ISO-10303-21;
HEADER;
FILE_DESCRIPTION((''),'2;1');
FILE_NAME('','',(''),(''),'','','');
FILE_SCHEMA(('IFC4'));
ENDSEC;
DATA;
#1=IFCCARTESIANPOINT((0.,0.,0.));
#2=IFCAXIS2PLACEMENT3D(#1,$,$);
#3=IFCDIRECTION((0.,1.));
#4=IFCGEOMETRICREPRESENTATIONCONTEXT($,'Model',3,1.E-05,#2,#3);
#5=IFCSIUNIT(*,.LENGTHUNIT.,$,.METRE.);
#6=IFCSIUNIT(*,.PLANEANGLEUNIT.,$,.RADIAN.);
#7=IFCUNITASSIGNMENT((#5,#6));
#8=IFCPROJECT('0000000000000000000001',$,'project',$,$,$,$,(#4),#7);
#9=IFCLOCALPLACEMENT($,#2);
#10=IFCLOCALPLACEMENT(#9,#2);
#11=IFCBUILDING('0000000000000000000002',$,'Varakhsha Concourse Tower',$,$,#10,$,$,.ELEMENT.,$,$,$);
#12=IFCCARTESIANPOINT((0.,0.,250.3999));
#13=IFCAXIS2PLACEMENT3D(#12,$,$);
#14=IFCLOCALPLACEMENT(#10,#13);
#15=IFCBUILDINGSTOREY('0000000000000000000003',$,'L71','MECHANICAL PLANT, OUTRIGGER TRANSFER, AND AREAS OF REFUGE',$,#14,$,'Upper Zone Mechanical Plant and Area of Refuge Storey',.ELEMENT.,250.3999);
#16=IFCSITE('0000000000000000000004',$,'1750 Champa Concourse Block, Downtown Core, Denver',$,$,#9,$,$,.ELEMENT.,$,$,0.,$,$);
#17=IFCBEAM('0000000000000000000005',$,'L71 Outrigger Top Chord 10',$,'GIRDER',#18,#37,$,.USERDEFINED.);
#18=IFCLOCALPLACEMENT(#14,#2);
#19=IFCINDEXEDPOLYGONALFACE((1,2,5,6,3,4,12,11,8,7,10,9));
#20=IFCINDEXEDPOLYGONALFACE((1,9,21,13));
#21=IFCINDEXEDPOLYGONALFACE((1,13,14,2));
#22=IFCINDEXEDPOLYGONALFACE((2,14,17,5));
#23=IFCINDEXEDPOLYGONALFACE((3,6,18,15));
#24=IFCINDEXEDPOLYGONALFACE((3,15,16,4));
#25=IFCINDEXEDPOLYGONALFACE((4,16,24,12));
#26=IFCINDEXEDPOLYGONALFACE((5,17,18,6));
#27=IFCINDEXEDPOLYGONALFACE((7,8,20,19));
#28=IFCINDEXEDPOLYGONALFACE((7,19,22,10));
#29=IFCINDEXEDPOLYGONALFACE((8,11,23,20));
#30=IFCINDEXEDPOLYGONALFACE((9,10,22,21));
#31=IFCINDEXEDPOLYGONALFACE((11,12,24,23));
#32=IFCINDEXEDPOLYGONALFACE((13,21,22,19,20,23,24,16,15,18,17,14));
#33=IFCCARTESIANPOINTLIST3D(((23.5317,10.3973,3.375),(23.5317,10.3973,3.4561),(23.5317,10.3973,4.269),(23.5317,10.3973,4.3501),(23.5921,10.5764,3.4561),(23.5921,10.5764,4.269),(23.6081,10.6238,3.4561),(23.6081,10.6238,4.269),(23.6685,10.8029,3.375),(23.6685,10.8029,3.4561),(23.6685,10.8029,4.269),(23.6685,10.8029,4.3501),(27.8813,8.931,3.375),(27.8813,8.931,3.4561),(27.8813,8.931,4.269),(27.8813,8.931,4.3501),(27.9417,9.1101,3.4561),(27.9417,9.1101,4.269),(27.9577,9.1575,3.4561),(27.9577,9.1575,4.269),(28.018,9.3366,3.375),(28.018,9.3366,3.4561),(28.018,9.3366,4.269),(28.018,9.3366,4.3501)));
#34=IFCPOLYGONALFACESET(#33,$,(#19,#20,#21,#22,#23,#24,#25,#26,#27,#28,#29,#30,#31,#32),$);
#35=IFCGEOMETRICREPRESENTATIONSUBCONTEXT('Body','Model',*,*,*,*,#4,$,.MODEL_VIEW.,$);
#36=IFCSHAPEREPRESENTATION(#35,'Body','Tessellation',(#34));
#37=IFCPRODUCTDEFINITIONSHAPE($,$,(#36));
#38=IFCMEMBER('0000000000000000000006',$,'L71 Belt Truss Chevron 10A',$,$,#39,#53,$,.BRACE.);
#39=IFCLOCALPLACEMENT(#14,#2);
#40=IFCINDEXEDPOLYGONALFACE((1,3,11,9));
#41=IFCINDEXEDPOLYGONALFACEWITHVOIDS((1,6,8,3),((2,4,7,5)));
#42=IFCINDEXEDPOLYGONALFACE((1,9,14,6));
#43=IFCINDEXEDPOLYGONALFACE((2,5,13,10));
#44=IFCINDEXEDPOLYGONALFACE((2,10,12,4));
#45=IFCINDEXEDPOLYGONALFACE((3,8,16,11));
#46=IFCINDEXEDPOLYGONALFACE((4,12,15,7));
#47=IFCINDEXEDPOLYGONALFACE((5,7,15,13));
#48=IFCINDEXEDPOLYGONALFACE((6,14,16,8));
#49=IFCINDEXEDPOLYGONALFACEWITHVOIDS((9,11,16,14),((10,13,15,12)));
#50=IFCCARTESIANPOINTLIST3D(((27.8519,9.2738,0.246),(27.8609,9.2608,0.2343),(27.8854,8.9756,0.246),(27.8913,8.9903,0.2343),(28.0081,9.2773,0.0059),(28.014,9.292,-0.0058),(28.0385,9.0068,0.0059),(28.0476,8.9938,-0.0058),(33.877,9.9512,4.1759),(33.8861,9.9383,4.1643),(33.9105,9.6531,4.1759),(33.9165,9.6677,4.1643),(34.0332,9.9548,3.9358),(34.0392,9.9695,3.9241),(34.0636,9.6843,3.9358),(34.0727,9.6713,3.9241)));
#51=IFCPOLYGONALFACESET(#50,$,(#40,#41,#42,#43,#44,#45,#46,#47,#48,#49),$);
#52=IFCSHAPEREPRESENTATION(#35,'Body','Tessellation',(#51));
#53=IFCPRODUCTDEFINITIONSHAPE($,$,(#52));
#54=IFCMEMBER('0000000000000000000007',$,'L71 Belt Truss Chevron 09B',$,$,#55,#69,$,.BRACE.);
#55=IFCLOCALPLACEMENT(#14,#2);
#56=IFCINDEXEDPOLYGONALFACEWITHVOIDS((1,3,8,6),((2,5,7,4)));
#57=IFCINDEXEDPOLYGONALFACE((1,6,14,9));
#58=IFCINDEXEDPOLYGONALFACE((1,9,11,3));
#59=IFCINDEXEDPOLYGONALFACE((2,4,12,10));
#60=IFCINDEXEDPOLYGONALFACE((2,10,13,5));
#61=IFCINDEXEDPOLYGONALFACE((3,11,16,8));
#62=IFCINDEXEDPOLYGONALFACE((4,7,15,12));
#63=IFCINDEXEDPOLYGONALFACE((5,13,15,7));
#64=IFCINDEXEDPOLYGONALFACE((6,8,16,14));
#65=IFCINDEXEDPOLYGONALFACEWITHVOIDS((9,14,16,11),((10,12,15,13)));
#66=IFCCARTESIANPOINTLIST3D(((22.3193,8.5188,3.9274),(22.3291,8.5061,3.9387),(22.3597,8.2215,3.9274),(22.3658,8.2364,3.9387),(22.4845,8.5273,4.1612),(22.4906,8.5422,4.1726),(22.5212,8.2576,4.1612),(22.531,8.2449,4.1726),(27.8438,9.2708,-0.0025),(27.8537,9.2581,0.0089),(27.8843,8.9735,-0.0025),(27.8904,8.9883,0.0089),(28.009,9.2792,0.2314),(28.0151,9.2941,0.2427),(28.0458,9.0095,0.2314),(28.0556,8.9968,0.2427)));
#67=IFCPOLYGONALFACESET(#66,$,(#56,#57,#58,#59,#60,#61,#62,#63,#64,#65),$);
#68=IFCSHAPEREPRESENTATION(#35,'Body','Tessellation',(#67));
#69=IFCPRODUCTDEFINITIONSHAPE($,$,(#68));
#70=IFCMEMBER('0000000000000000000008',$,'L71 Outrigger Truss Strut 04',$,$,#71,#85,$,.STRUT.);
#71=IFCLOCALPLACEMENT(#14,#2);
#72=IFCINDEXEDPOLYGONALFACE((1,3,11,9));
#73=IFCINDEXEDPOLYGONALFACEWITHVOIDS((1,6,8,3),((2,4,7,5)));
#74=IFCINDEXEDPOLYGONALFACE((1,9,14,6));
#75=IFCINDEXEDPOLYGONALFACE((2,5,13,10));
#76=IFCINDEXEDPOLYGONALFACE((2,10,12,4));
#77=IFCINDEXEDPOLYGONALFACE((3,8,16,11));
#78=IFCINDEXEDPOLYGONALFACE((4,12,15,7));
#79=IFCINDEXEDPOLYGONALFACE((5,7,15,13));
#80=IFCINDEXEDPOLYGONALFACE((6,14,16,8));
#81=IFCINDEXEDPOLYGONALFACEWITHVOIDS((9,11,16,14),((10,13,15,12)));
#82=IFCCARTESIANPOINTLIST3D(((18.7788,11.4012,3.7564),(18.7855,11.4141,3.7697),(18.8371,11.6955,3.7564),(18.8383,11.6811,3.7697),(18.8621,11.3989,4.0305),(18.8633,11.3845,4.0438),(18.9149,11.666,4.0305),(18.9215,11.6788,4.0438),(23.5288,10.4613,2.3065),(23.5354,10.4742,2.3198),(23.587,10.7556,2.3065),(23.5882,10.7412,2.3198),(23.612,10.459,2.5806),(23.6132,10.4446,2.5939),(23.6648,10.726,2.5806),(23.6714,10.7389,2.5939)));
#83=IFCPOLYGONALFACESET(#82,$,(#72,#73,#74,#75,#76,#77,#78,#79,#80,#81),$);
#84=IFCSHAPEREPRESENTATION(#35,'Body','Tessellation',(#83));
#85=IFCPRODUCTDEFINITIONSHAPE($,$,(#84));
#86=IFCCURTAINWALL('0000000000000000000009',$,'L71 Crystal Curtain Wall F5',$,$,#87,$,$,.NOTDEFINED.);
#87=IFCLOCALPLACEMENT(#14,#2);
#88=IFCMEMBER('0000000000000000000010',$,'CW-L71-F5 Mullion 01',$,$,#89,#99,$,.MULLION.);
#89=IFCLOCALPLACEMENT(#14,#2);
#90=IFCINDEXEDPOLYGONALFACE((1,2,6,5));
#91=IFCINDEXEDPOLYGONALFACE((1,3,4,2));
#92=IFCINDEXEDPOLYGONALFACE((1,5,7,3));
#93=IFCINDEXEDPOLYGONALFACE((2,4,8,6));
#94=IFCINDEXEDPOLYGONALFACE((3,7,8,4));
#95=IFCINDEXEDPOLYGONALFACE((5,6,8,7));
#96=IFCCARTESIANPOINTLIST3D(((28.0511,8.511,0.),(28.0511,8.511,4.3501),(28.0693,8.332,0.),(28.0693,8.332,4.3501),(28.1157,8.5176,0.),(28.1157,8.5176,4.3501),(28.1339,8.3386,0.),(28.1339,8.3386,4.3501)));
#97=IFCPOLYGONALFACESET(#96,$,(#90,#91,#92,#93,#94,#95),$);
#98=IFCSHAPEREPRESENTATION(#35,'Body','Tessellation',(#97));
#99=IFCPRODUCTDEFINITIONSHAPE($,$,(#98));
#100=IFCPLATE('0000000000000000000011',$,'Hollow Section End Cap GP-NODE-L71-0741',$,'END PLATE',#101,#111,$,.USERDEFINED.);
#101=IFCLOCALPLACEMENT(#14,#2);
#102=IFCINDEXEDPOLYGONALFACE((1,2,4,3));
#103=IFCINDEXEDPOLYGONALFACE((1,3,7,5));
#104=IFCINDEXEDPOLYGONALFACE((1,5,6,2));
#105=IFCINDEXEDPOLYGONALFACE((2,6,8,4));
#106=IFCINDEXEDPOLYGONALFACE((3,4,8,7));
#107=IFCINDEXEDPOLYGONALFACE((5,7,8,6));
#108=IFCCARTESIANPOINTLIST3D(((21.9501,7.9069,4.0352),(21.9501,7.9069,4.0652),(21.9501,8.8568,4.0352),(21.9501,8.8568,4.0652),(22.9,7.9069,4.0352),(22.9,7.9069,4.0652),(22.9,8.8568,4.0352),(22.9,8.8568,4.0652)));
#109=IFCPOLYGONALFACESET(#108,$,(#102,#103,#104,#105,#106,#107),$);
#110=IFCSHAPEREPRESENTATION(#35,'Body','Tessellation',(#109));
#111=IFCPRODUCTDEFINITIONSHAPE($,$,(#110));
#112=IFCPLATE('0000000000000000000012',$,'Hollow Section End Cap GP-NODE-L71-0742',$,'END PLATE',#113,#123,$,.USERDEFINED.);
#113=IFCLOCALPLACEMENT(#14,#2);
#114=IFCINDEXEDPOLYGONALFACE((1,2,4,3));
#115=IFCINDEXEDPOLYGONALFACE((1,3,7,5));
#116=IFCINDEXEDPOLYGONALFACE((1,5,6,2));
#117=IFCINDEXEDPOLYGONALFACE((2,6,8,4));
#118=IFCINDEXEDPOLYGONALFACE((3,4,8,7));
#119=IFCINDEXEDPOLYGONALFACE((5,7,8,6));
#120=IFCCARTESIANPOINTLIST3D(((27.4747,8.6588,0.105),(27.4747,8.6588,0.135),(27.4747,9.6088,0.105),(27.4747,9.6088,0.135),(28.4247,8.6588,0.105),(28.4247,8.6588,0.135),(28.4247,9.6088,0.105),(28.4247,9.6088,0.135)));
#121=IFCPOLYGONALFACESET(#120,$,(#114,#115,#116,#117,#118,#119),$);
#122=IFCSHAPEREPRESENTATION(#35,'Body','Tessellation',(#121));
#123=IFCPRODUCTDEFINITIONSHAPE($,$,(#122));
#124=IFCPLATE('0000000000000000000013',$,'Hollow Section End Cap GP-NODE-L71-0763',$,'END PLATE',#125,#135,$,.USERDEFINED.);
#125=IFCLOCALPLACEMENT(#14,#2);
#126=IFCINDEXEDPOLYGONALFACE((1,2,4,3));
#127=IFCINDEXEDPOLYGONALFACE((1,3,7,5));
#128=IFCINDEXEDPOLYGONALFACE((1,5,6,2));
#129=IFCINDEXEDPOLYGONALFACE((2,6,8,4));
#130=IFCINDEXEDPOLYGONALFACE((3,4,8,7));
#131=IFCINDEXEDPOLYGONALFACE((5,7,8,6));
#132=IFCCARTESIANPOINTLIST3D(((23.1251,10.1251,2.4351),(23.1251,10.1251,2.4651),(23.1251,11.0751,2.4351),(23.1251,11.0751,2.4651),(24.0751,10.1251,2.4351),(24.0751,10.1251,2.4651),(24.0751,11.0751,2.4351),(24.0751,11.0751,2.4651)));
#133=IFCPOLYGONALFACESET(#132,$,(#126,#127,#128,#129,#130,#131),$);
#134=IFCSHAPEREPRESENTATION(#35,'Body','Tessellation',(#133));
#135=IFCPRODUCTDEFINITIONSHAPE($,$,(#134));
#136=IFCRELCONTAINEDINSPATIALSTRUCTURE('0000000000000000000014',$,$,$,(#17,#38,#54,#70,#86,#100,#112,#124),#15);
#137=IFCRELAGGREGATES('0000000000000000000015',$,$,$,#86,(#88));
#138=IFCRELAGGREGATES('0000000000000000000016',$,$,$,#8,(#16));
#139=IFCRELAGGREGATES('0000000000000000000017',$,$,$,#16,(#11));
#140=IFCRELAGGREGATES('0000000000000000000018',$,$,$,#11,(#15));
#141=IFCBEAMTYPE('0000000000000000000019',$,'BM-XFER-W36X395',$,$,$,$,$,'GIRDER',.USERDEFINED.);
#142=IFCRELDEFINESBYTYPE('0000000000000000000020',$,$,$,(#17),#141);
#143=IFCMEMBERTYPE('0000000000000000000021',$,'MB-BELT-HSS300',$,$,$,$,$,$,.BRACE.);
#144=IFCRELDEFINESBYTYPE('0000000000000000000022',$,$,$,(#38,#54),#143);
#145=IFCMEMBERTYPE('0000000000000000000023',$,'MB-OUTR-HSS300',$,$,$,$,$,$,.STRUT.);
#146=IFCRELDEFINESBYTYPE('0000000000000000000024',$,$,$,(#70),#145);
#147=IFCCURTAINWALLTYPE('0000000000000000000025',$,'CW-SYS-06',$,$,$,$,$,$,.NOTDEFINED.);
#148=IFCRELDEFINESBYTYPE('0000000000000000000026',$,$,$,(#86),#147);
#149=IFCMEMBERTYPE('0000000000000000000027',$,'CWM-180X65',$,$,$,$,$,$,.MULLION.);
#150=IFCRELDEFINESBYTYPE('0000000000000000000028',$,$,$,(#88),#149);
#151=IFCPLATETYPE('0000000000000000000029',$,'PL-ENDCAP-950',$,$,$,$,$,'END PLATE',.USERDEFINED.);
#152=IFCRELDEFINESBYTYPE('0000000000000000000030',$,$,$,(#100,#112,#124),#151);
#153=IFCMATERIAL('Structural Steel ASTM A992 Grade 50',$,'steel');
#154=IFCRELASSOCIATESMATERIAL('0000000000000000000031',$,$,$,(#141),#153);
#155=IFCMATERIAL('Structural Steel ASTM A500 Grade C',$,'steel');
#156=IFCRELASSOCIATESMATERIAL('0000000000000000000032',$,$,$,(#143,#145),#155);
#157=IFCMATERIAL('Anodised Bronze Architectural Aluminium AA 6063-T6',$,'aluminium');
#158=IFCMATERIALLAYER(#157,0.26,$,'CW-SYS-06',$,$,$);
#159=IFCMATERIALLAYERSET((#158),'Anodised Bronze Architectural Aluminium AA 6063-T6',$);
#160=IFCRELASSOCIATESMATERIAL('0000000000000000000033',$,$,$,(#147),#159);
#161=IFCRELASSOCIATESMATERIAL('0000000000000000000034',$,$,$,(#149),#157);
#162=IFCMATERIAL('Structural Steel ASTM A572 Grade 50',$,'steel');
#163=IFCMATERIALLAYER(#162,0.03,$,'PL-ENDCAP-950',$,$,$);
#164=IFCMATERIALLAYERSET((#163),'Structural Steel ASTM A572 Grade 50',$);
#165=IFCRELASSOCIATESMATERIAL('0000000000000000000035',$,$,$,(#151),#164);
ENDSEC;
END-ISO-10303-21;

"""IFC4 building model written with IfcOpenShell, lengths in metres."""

from ifc_helpers import new_model, si_unit, direction, frame, origin, origin_2d, place, context, subcontext, project, spatial, rectangle, hollow_rectangle, i_section, extrude, source, transform, mapped, material, layer, layer_set, material_profile, profile_set, type_object, type_shapes, element, aggregate, save


model = new_model("IFC4")

# Units and contexts
model_context = context("Model", 3, precision=1e-05, world=origin(), true_north=direction((0.0, 1.0)))
body_context = subcontext(model_context, "Body", "Model", "MODEL_VIEW")
ifc_project = project(units=[si_unit("LENGTHUNIT", "METRE"), si_unit("PLANEANGLEUNIT", "RADIAN")], contexts=[model_context])

# Site, building, storey
site_placement = place(None, origin())
site = spatial("IfcSite", under=ifc_project, at=site_placement, Name="1750 Champa Concourse Block, Downtown Core, Denver", CompositionType="ELEMENT", RefElevation=0.0)
building_placement = place(site_placement, origin())
building = spatial("IfcBuilding", under=site, at=building_placement, Name="Varakhsha Concourse Tower", CompositionType="ELEMENT")
storey_placement = place(building_placement, frame((0.0, 0.0, 250.3999)))
storey = spatial("IfcBuildingStorey", under=building, at=storey_placement, Name="L71", Description="MECHANICAL PLANT, OUTRIGGER TRANSFER, AND AREAS OF REFUGE", LongName="Upper Zone Mechanical Plant and Area of Refuge Storey", CompositionType="ELEMENT", Elevation=250.3999)

# Shared definitions
ifc_material_1 = material(Name="Structural Steel ASTM A992 Grade 50", Category="steel")
ifc_material_2 = material(Name="Structural Steel ASTM A572 Grade 50", Category="steel")

# Beam
ifc_material_profile_1 = material_profile(ifc_material_1, i_section(OverallWidth=0.428, OverallDepth=0.9751, WebThickness=0.05, FlangeThickness=0.0811, at=origin_2d()), Name="W36X395")
ifc_profile_set_1 = profile_set([ifc_material_profile_1], Name="Structural Steel ASTM A992 Grade 50")
beam_type_1 = type_object("IfcBeamType", Name="BM-XFER-W36X395", ElementType="GIRDER", PredefinedType="USERDEFINED", material=ifc_profile_set_1)
beam_1_placement = place(storey_placement, frame((23.6001, 10.6001, 3.8625), z_axis=(0.947603, -0.319449, 0.0), x_axis=(0.319449, 0.947603, 0.0)))
element("IfcBeam", 1, at=beam_1_placement, inside=storey, type_object=beam_type_1, Name="L71 Outrigger Top Chord 10", ObjectType="GIRDER", PredefinedType="USERDEFINED", context=body_context, shape_type="SweptSolid", body=[
    extrude(i_section(OverallWidth=0.428, OverallDepth=0.9751, WebThickness=0.05, FlangeThickness=0.0811, at=origin_2d()), origin(), (0.0, 0.0, 1.0), 4.5901),
])

# Members
ifc_material_3 = material(Name="Structural Steel ASTM A500 Grade C", Category="steel")
ifc_material_profile_2 = material_profile(ifc_material_3, hollow_rectangle(XDim=0.3, YDim=0.3, WallThickness=0.0139, at=origin_2d()), Name="HSS 300x300x14")
ifc_profile_set_2 = profile_set([ifc_material_profile_2], Name="Structural Steel ASTM A500 Grade C")
member_type_1 = type_object("IfcMemberType", Name="MB-BELT-HSS300", PredefinedType="BRACE", material=ifc_profile_set_2)
shared_shape_1 = source(origin(), body_context, "Body", "SweptSolid", [
    extrude(hollow_rectangle(XDim=0.3, YDim=0.3, WallThickness=0.0139, at=origin_2d()), origin(), (0.0, 0.0, 1.0), 7.2253),
])
member_1_placement = place(storey_placement, frame((27.9497, 9.1338, 0.1201), z_axis=(0.833889, 0.093766, 0.543908), x_axis=(-0.11174, 0.993738, 0.0)))
element("IfcMember", 2, at=member_1_placement, inside=storey, type_object=member_type_1, Name="L71 Belt Truss Chevron 10A", PredefinedType="BRACE", context=body_context, shape_type="MappedRepresentation", body=[
    mapped(shared_shape_1, transform((0.0, 0.0, 0.0), scale=1.0)),
])
shared_shape_2 = source(origin(), body_context, "Body", "SweptSolid", [
    extrude(hollow_rectangle(XDim=0.3, YDim=0.3, WallThickness=0.0139, at=origin_2d()), origin(), (0.0, 0.0, 1.0), 6.8213),
])
type_shapes(member_type_1, [shared_shape_1, shared_shape_2])
member_2_placement = place(storey_placement, frame((27.9497, 9.1338, 0.1201), z_axis=(-0.8099, -0.110234, 0.576117), x_axis=(0.134865, -0.990864, 0.0)))
element("IfcMember", 3, at=member_2_placement, inside=storey, type_object=member_type_1, Name="L71 Belt Truss Chevron 09B", PredefinedType="BRACE", context=body_context, shape_type="MappedRepresentation", body=[
    mapped(shared_shape_2, transform((0.0, 0.0, 0.0), scale=1.0)),
])
ifc_material_profile_3 = material_profile(ifc_material_3, hollow_rectangle(XDim=0.3, YDim=0.3, WallThickness=0.0139, at=origin_2d()), Name="HSS 300x300x14")
ifc_profile_set_3 = profile_set([ifc_material_profile_3], Name="Structural Steel ASTM A500 Grade C")
member_type_2 = type_object("IfcMemberType", Name="MB-OUTR-HSS300", PredefinedType="STRUT", material=ifc_profile_set_3)
shared_shape_3 = source(origin(), body_context, "Body", "SweptSolid", [
    extrude(hollow_rectangle(XDim=0.3, YDim=0.3, WallThickness=0.0139, at=origin_2d()), origin(), (0.0, 0.0, 1.0), 5.0544),
])
type_shapes(member_type_2, [shared_shape_3])
member_3_placement = place(storey_placement, frame((23.6001, 10.6001, 2.4502), z_axis=(-0.93975, 0.18596, 0.286861), x_axis=(-0.194118, -0.980978, 0.0)))
element("IfcMember", 4, at=member_3_placement, inside=storey, type_object=member_type_2, Name="L71 Outrigger Truss Strut 04", PredefinedType="STRUT", context=body_context, shape_type="MappedRepresentation", body=[
    mapped(shared_shape_3, transform((0.0, 0.0, 0.0), scale=1.0)),
])

# Curtain wall, member
ifc_material_4 = material(Name="Anodised Bronze Architectural Aluminium AA 6063-T6", Category="aluminium")
ifc_layer_1 = layer(ifc_material_4, 0.26, Name="CW-SYS-06")
ifc_layer_set_1 = layer_set([ifc_layer_1], Name="Anodised Bronze Architectural Aluminium AA 6063-T6")
curtain_wall_type = type_object("IfcCurtainWallType", Name="CW-SYS-06", PredefinedType="NOTDEFINED", material=ifc_layer_set_1)
curtain_wall_placement = place(storey_placement, origin())
curtain_wall = element("IfcCurtainWall", 5, at=curtain_wall_placement, inside=storey, type_object=curtain_wall_type, Name="L71 Crystal Curtain Wall F5", PredefinedType="NOTDEFINED")
ifc_material_profile_4 = material_profile(ifc_material_4, rectangle(XDim=0.0649, YDim=0.1799, at=origin_2d()), Name="CWM-180X65")
ifc_profile_set_4 = profile_set([ifc_material_profile_4], Name="Anodised Bronze Architectural Aluminium AA 6063-T6")
member_type_3 = type_object("IfcMemberType", Name="CWM-180X65", PredefinedType="MULLION", material=ifc_profile_set_4)
shared_shape_4 = source(origin(), body_context, "Body", "SweptSolid", [
    extrude(rectangle(XDim=0.0649, YDim=0.1799, at=origin_2d()), origin(), (0.0, 0.0, 1.0), 4.3501),
])
type_shapes(member_type_3, [shared_shape_4])
member_4_placement = place(storey_placement, frame((28.0925, 8.4248, 0.0), z_axis=(0.0, 0.0, 1.0), x_axis=(-0.994852, -0.101336, 0.0)))
member_4 = element("IfcMember", 6, at=member_4_placement, type_object=member_type_3, Name="CW-L71-F5 Mullion 01", PredefinedType="MULLION", context=body_context, shape_type="MappedRepresentation", body=[
    mapped(shared_shape_4, transform((0.0, 0.0, 0.0), scale=1.0)),
])
aggregate(curtain_wall, [member_4])

# Plates
ifc_layer_2 = layer(ifc_material_2, 0.03, Name="PL-ENDCAP-950")
ifc_layer_set_2 = layer_set([ifc_layer_2], Name="Structural Steel ASTM A572 Grade 50")
plate_type = type_object("IfcPlateType", Name="PL-ENDCAP-950", ElementType="END PLATE", PredefinedType="USERDEFINED", material=ifc_layer_set_2)
shared_shape_5 = source(origin(), body_context, "Body", "SweptSolid", [
    extrude(rectangle(XDim=0.95, YDim=0.95, at=origin_2d()), origin(), (0.0, 0.0, 1.0), 0.03),
])
type_shapes(plate_type, [shared_shape_5])
for number, where, z_axis, x_axis, name in (
    (7, (22.425, 8.3818, 4.0352), (0.0, 0.0, 1.0), (1.0, 0.0, 0.0), "Hollow Section End Cap GP-NODE-L71-0741"),
    (8, (27.9497, 9.1338, 0.105), (0.0, 0.0, 1.0), (1.0, 0.0, 0.0), "Hollow Section End Cap GP-NODE-L71-0742"),
    (9, (23.6001, 10.6001, 2.4351), (0.0, 0.0, 1.0), (1.0, 0.0, 0.0), "Hollow Section End Cap GP-NODE-L71-0763"),
):
    element("IfcPlate", number, at=place(storey_placement, frame(where, z_axis=z_axis, x_axis=x_axis)), inside=storey, type_object=plate_type, Name=name, ObjectType="END PLATE", PredefinedType="USERDEFINED", context=body_context, shape_type="MappedRepresentation", body=[
        mapped(shared_shape_5, transform((0.0, 0.0, 0.0), scale=1.0)),
    ])

save(model, "model.ifc")
